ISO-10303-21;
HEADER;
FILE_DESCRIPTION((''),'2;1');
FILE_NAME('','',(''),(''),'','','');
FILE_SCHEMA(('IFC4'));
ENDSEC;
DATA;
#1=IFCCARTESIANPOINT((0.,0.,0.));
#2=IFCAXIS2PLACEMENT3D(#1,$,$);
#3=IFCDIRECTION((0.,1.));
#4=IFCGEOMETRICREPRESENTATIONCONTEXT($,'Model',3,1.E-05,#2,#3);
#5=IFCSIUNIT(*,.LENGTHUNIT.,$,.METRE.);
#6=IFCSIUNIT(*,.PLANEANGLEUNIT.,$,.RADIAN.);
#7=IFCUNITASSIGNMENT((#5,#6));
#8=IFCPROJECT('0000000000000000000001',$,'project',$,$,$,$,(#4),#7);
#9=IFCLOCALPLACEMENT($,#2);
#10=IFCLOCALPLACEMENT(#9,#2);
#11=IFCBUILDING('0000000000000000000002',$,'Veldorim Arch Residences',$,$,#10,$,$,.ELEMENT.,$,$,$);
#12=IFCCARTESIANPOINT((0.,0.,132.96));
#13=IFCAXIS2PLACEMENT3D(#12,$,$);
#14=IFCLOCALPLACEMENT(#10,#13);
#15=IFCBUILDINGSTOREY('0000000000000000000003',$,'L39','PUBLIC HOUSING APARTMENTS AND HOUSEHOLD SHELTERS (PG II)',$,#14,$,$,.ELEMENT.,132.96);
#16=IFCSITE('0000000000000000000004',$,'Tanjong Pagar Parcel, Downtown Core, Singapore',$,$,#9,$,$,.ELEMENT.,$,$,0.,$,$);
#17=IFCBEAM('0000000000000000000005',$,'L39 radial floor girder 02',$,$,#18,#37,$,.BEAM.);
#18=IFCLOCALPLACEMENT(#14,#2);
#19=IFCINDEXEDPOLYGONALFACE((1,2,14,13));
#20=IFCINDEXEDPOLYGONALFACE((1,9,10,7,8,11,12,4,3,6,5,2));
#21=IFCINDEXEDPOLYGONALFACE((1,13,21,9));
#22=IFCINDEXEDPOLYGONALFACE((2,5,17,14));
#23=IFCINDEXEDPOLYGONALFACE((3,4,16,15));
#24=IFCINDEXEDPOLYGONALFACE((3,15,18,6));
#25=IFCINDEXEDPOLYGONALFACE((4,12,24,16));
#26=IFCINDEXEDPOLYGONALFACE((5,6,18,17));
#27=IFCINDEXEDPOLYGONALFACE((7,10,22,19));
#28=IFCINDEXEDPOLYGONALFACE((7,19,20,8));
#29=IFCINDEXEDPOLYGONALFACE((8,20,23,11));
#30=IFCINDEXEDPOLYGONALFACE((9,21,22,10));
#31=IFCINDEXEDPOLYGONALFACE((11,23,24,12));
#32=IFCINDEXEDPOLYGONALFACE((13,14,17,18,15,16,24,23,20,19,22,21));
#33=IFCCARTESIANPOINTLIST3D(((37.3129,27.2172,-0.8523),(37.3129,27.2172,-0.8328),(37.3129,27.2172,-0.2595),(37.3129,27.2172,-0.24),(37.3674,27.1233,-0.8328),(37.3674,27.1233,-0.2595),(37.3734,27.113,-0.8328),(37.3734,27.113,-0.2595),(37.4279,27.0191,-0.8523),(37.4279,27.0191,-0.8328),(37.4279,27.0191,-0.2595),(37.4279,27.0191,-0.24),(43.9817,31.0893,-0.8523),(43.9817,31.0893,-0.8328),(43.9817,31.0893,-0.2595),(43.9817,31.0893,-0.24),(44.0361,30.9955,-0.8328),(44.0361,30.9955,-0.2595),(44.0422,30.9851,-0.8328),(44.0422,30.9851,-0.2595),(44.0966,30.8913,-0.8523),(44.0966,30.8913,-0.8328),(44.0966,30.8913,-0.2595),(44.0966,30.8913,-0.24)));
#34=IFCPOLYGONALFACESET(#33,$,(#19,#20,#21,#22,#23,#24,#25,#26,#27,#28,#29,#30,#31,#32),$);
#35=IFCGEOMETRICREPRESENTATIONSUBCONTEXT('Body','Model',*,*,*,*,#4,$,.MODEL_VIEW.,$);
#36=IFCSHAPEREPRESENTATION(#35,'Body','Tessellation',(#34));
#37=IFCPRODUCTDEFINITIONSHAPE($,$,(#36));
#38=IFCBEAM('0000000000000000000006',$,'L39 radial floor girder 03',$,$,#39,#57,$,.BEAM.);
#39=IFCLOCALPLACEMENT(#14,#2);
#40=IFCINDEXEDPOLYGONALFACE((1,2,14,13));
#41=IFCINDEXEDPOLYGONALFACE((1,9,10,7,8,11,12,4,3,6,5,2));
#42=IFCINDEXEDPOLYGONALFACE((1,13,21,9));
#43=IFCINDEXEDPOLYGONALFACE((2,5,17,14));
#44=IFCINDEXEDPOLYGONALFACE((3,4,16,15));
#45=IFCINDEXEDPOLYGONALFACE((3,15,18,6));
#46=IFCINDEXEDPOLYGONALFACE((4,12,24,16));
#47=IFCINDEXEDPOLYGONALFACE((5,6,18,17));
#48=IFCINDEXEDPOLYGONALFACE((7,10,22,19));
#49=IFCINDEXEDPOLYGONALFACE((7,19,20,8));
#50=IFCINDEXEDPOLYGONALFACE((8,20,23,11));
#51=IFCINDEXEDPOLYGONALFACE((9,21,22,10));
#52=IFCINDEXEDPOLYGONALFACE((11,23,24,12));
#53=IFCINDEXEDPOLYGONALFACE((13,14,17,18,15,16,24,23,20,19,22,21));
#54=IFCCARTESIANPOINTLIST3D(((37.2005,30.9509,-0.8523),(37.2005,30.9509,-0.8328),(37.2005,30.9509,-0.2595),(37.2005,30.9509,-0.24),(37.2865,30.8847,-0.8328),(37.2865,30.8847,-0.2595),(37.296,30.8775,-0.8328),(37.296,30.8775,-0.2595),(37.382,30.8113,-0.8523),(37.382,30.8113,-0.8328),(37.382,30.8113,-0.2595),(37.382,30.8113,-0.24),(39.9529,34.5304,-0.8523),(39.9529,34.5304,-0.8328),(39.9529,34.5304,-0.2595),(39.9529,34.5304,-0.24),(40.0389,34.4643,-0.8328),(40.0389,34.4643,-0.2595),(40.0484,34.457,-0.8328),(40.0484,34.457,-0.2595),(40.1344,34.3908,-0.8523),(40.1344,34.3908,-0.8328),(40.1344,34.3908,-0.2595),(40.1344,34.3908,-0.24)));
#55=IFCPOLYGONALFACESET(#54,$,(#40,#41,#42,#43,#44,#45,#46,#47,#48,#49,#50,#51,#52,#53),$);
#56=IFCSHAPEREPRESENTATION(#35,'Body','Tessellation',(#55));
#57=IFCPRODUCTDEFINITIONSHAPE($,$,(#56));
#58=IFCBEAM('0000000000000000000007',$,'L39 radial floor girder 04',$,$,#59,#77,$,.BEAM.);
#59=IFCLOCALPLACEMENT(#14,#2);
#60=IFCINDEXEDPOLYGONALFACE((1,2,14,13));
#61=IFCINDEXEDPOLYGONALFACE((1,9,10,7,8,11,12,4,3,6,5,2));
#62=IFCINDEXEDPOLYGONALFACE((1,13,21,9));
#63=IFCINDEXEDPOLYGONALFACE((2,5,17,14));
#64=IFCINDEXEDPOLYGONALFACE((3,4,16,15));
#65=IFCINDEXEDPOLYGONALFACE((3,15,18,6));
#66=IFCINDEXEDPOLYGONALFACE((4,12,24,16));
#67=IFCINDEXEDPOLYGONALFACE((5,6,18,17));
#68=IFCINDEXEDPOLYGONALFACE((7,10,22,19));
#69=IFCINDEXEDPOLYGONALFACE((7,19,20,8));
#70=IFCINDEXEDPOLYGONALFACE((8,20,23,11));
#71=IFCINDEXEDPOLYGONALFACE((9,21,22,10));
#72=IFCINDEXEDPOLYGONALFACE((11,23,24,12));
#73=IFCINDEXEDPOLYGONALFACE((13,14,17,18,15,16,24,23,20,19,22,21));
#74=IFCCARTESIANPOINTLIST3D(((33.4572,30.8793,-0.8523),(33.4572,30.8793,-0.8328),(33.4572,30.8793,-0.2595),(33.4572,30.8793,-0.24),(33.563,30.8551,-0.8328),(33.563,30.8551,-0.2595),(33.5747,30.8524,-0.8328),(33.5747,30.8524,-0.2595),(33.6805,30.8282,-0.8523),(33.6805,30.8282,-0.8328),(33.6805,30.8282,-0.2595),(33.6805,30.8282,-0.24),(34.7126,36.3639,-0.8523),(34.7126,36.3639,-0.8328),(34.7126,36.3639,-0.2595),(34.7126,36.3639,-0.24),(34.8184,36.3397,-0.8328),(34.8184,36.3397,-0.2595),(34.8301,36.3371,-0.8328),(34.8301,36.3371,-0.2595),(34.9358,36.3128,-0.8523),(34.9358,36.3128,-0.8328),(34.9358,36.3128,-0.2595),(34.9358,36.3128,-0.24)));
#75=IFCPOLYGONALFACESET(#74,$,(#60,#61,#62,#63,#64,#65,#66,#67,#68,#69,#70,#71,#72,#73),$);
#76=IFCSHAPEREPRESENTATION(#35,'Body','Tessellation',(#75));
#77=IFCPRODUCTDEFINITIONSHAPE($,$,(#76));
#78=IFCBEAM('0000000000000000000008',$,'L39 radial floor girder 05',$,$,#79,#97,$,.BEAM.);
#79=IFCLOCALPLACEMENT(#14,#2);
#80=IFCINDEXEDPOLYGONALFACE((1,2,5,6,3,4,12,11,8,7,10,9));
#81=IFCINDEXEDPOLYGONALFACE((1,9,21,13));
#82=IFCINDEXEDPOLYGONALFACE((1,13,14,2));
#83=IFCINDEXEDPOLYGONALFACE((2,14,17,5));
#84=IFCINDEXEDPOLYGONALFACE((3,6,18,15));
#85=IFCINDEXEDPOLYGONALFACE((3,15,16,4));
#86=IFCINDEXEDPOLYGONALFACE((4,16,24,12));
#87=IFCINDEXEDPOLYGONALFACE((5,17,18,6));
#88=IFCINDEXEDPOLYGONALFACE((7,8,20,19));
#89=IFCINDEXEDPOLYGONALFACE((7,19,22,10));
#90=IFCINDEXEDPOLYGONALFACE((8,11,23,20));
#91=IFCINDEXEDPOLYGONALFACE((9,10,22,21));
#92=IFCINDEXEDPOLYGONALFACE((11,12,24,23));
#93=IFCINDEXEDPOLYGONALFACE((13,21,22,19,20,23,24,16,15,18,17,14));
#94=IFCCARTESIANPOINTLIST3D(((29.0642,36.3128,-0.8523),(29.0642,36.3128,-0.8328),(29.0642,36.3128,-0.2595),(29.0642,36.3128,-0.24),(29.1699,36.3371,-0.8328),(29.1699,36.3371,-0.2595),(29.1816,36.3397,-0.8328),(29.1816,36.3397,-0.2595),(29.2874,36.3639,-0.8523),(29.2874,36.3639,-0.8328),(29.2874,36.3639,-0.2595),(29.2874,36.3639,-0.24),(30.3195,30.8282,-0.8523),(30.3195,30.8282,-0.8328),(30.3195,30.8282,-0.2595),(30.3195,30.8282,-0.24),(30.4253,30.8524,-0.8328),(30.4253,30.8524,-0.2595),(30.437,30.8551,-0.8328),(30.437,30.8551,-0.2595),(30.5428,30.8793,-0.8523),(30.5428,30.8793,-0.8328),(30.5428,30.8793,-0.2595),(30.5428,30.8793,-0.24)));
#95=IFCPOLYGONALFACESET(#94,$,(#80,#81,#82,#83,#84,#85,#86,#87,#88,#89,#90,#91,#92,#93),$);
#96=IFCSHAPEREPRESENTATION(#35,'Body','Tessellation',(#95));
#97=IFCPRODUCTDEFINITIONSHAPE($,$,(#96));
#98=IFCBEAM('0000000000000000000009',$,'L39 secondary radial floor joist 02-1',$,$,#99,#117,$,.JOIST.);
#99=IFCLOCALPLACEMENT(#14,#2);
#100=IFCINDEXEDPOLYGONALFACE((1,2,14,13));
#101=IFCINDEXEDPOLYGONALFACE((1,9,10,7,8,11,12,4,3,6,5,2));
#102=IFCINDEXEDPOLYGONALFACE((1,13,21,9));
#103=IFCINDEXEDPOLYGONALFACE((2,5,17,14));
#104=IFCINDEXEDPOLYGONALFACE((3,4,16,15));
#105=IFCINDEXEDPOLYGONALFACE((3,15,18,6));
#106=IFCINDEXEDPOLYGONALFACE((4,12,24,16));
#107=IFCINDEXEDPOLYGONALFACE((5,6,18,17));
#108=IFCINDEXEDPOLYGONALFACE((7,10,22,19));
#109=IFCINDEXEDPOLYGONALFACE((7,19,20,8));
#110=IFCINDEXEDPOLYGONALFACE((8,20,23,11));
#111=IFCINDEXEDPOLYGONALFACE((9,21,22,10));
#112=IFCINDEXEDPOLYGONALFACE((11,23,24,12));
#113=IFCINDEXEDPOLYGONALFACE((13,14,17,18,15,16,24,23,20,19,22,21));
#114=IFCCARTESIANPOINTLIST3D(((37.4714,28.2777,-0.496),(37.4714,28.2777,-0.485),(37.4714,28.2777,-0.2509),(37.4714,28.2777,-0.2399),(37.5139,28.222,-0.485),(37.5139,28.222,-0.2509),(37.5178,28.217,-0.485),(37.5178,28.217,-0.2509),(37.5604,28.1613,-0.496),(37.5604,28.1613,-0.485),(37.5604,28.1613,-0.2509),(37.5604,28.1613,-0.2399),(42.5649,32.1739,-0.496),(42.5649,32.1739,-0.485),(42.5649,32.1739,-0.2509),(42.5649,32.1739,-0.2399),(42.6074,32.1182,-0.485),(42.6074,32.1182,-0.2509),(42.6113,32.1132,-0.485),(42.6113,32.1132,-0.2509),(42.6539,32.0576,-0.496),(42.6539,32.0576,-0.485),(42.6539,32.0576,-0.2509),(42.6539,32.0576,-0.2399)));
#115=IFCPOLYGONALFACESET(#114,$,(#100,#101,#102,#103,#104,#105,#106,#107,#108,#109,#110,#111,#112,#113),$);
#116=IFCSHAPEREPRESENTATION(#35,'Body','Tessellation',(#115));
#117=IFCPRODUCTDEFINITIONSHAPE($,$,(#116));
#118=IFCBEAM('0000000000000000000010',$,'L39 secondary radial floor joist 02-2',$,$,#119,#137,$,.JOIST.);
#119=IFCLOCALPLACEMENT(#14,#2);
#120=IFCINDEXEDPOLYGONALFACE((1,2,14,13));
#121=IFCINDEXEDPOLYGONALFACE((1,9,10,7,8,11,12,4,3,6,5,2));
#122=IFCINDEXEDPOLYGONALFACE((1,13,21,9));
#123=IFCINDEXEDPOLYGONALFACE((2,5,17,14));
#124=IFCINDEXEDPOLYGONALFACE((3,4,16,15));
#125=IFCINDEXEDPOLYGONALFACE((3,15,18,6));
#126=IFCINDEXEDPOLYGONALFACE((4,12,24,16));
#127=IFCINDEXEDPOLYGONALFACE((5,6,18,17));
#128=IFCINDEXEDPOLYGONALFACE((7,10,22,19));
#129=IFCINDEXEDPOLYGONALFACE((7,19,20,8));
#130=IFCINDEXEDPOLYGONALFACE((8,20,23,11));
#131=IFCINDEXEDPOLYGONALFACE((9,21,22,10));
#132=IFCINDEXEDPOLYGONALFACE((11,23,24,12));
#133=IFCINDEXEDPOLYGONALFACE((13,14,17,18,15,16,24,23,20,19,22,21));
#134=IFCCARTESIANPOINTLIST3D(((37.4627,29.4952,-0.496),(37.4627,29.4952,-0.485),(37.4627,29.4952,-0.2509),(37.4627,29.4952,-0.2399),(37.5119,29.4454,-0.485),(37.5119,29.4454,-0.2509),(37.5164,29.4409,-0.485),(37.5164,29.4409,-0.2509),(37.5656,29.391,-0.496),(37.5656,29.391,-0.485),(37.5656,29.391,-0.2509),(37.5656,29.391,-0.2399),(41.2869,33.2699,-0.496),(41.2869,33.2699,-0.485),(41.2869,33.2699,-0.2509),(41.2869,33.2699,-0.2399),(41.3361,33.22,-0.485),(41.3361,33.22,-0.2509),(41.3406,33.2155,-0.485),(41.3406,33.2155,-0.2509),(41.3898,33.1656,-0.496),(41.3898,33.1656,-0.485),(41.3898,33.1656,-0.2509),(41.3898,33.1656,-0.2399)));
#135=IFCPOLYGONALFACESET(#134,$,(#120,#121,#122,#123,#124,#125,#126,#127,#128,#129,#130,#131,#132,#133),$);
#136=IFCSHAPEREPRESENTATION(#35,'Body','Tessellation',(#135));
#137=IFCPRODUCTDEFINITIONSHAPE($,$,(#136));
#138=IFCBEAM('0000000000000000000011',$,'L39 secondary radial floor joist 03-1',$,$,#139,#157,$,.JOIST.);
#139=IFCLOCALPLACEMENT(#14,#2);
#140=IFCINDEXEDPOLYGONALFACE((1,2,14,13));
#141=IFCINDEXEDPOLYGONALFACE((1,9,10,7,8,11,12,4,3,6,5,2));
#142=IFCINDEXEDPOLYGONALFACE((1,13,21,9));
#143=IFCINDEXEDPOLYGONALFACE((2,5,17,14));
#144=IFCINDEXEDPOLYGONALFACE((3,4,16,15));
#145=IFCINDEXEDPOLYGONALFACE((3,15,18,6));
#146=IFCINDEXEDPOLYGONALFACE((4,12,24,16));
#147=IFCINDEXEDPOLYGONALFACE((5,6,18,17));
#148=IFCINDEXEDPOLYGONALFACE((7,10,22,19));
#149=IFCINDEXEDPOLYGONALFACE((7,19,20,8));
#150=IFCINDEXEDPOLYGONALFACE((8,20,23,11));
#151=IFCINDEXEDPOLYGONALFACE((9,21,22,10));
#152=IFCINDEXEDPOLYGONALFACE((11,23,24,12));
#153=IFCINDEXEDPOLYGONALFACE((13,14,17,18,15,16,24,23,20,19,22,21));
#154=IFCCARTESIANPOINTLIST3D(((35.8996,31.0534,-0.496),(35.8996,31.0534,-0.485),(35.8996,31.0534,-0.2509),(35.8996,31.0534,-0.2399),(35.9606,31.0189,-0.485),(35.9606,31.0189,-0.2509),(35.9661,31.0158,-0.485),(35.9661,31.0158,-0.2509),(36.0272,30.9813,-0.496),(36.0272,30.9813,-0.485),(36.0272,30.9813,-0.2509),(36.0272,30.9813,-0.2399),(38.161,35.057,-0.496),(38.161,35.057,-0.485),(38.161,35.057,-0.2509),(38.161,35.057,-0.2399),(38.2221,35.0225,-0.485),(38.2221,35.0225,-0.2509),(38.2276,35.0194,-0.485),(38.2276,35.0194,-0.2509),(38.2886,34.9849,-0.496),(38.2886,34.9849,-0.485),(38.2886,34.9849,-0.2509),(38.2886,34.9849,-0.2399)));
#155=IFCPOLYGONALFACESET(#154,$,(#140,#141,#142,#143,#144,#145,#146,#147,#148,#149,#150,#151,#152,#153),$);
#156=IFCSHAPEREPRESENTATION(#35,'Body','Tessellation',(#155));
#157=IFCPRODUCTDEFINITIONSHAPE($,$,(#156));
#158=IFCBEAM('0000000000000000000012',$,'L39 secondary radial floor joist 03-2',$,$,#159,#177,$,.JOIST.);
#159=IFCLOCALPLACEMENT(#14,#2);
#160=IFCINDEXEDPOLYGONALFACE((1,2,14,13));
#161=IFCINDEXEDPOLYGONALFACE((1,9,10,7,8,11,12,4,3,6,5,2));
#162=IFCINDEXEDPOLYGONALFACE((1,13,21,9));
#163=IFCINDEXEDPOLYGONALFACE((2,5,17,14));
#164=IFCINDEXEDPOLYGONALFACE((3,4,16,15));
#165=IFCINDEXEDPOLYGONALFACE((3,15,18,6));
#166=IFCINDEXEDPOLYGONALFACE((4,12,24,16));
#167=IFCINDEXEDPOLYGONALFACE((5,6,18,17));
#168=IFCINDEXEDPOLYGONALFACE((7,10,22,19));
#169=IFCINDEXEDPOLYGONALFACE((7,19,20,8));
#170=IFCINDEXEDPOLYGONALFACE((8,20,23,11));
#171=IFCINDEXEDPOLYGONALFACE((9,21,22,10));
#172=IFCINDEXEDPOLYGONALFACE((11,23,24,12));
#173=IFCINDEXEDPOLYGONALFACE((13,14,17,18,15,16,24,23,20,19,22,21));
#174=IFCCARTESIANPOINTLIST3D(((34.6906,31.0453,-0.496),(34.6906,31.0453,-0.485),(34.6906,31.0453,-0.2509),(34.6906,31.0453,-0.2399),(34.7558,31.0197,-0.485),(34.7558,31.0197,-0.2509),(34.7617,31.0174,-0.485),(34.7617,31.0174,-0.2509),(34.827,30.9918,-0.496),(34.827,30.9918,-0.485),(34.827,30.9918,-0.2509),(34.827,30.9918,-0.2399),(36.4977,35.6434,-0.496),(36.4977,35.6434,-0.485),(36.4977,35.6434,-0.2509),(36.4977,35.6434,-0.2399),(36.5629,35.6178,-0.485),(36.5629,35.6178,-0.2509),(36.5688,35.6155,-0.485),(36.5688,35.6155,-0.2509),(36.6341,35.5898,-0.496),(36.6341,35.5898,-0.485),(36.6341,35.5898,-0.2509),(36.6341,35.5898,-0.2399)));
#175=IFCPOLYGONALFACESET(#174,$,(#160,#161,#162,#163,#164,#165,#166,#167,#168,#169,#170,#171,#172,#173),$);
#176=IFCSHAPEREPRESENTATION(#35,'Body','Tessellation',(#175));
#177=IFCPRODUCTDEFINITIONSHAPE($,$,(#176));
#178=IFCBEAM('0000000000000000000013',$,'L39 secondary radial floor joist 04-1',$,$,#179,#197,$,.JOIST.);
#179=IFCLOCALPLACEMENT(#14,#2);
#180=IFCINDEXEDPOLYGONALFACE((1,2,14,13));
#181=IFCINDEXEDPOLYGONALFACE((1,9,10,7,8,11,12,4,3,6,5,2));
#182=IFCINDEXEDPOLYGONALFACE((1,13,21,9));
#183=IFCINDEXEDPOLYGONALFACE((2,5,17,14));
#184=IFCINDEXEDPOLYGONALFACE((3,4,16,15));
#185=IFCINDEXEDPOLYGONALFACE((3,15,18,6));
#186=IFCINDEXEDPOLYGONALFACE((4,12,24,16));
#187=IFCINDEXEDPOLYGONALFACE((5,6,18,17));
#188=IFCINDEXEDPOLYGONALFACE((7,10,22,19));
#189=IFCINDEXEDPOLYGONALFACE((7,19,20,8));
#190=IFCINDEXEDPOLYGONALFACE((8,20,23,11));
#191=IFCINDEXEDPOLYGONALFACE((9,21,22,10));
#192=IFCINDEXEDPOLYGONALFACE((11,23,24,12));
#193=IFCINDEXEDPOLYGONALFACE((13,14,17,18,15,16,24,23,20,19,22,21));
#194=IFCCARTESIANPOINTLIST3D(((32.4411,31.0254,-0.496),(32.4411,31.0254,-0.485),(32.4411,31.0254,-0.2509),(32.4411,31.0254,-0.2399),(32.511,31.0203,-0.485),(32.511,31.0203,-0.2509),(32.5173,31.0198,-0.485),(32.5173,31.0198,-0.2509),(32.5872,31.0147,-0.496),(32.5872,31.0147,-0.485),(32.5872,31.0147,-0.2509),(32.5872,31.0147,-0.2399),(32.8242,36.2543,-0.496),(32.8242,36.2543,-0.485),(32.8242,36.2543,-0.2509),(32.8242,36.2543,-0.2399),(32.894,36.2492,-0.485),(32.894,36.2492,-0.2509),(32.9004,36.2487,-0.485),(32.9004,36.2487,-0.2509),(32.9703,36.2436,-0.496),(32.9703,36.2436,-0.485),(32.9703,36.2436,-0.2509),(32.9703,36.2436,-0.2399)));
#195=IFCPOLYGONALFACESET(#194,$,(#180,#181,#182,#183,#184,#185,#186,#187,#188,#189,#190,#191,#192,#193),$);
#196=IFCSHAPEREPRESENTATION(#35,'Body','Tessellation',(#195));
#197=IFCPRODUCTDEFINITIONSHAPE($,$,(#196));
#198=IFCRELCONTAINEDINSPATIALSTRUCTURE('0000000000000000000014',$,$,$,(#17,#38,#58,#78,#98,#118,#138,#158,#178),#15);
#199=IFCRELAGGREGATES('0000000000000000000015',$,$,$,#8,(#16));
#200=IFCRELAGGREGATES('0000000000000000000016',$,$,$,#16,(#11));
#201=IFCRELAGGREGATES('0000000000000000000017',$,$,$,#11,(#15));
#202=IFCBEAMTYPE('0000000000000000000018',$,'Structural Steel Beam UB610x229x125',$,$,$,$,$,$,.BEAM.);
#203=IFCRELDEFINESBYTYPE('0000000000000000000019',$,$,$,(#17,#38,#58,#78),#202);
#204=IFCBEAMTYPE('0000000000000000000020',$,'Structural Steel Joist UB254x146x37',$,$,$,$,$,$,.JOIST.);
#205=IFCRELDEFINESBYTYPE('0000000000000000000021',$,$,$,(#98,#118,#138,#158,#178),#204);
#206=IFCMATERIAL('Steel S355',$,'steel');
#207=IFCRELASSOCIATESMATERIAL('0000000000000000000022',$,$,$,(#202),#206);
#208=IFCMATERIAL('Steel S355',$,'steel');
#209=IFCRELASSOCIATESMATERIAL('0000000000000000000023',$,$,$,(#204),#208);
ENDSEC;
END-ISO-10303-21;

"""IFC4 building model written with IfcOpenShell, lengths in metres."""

from ifc_helpers import new_model, si_unit, direction, frame, origin, origin_2d, place, context, subcontext, project, spatial, i_section, extrude, material, material_profile, profile_set, type_object, element, save


model = new_model("IFC4")

# Units and contexts
model_context = context("Model", 3, precision=1e-05, world=origin(), true_north=direction((0.0, 1.0)))
body_context = subcontext(model_context, "Body", "Model", "MODEL_VIEW")
ifc_project = project(units=[si_unit("LENGTHUNIT", "METRE"), si_unit("PLANEANGLEUNIT", "RADIAN")], contexts=[model_context])

# Site, building, storey
site_placement = place(None, origin())
site = spatial("IfcSite", under=ifc_project, at=site_placement, Name="Tanjong Pagar Parcel, Downtown Core, Singapore", CompositionType="ELEMENT", RefElevation=0.0)
building_placement = place(site_placement, origin())
building = spatial("IfcBuilding", under=site, at=building_placement, Name="Veldorim Arch Residences", CompositionType="ELEMENT")
storey_placement = place(building_placement, frame((0.0, 0.0, 132.96)))
storey = spatial("IfcBuildingStorey", under=building, at=storey_placement, Name="L39", Description="PUBLIC HOUSING APARTMENTS AND HOUSEHOLD SHELTERS (PG II)", CompositionType="ELEMENT", Elevation=132.96)

# Beams
ifc_material_1 = material(Name="Steel S355", Category="steel")
ifc_material_profile_1 = material_profile(ifc_material_1, i_section(OverallWidth=0.229, OverallDepth=0.6123, WebThickness=0.012, FlangeThickness=0.0195, at=origin_2d()), Name="UB610x229x125")
ifc_profile_set_1 = profile_set([ifc_material_profile_1], Name="Steel S355")
beam_type_1 = type_object("IfcBeamType", Name="Structural Steel Beam UB610x229x125", PredefinedType="BEAM", material=ifc_profile_set_1)
beam_1_placement = place(storey_placement, frame((37.3704, 27.1182, -0.5461), z_axis=(0.864793, 0.502128, 0.0), x_axis=(-0.502128, 0.864793, 0.0)))
element("IfcBeam", 1, at=beam_1_placement, inside=storey, type_object=beam_type_1, Name="L39 radial floor girder 02", PredefinedType="BEAM", context=body_context, shape_type="SweptSolid", body=[
    extrude(i_section(OverallWidth=0.229, OverallDepth=0.6123, WebThickness=0.012, FlangeThickness=0.0195, at=origin_2d()), origin(), (0.0, 0.0, 1.0), 7.7114),
])
beam_2_placement = place(storey_placement, frame((37.2913, 30.8811, -0.5461), z_axis=(0.609559, 0.792741, 0.0), x_axis=(-0.792741, 0.609559, 0.0)))
element("IfcBeam", 2, at=beam_2_placement, inside=storey, type_object=beam_type_1, Name="L39 radial floor girder 03", PredefinedType="BEAM", context=body_context, shape_type="SweptSolid", body=[
    extrude(i_section(OverallWidth=0.229, OverallDepth=0.6123, WebThickness=0.012, FlangeThickness=0.0195, at=origin_2d()), origin(), (0.0, 0.0, 1.0), 4.5154),
])
for number, where, z_axis, x_axis, name in (
    (3, (33.5688, 30.8538, -0.5461), (0.223119, 0.974791, 0.0), (-0.974791, 0.223119, 0.0), "L39 radial floor girder 04"),
    (4, (30.4312, 30.8538, -0.5461), (-0.223119, 0.974791, 0.0), (-0.974791, -0.223119, 0.0), "L39 radial floor girder 05"),
):
    element("IfcBeam", number, at=place(storey_placement, frame(where, z_axis=z_axis, x_axis=x_axis)), inside=storey, type_object=beam_type_1, Name=name, PredefinedType="BEAM", context=body_context, shape_type="SweptSolid", body=[
        extrude(i_section(OverallWidth=0.229, OverallDepth=0.6123, WebThickness=0.012, FlangeThickness=0.0195, at=origin_2d()), origin(), (0.0, 0.0, 1.0), 5.6265),
    ])
ifc_material_2 = material(Name="Steel S355", Category="steel")
ifc_material_profile_2 = material_profile(ifc_material_2, i_section(OverallWidth=0.1465, OverallDepth=0.2561, WebThickness=0.0063, FlangeThickness=0.011, at=origin_2d()), Name="UB254x146x37")
ifc_profile_set_2 = profile_set([ifc_material_profile_2], Name="Steel S355")
beam_type_2 = type_object("IfcBeamType", Name="Structural Steel Joist UB254x146x37", PredefinedType="JOIST", material=ifc_profile_set_2)
beam_3_placement = place(storey_placement, frame((37.5159, 28.2195, -0.3679), z_axis=(0.794267, 0.607569, 0.0), x_axis=(-0.607569, 0.794267, 0.0)))
element("IfcBeam", 5, at=beam_3_placement, inside=storey, type_object=beam_type_2, Name="L39 secondary radial floor joist 02-1", PredefinedType="JOIST", context=body_context, shape_type="SweptSolid", body=[
    extrude(i_section(OverallWidth=0.1465, OverallDepth=0.2561, WebThickness=0.0063, FlangeThickness=0.011, at=origin_2d()), origin(), (0.0, 0.0, 1.0), 6.4128),
])
beam_4_placement = place(storey_placement, frame((37.5142, 29.4431, -0.3679), z_axis=(0.711703, 0.70248, 0.0), x_axis=(-0.70248, 0.711703, 0.0)))
element("IfcBeam", 6, at=beam_4_placement, inside=storey, type_object=beam_type_2, Name="L39 secondary radial floor joist 02-2", PredefinedType="JOIST", context=body_context, shape_type="SweptSolid", body=[
    extrude(i_section(OverallWidth=0.1465, OverallDepth=0.2561, WebThickness=0.0063, FlangeThickness=0.011, at=origin_2d()), origin(), (0.0, 0.0, 1.0), 5.3733),
])
beam_5_placement = place(storey_placement, frame((35.9634, 31.0173, -0.3679), z_axis=(0.491816, 0.870699, 0.0), x_axis=(-0.870699, 0.491816, 0.0)))
element("IfcBeam", 7, at=beam_5_placement, inside=storey, type_object=beam_type_2, Name="L39 secondary radial floor joist 03-1", PredefinedType="JOIST", context=body_context, shape_type="SweptSolid", body=[
    extrude(i_section(OverallWidth=0.1465, OverallDepth=0.2561, WebThickness=0.0063, FlangeThickness=0.011, at=origin_2d()), origin(), (0.0, 0.0, 1.0), 4.5981),
])
beam_6_placement = place(storey_placement, frame((34.7588, 31.0186, -0.3679), z_axis=(0.365778, 0.930702, 0.0), x_axis=(-0.930702, 0.365778, 0.0)))
element("IfcBeam", 8, at=beam_6_placement, inside=storey, type_object=beam_type_2, Name="L39 secondary radial floor joist 03-2", PredefinedType="JOIST", context=body_context, shape_type="SweptSolid", body=[
    extrude(i_section(OverallWidth=0.1465, OverallDepth=0.2561, WebThickness=0.0063, FlangeThickness=0.011, at=origin_2d()), origin(), (0.0, 0.0, 1.0), 4.9404),
])
for number, where, z_axis, x_axis, name in (
    (9, (32.5142, 31.02, -0.3679), (0.07306, 0.997328, 0.0), (-0.997328, 0.07306, 0.0), "L39 secondary radial floor joist 04-1"),
):
    element("IfcBeam", number, at=place(storey_placement, frame(where, z_axis=z_axis, x_axis=x_axis)), inside=storey, type_object=beam_type_2, Name=name, PredefinedType="JOIST", context=body_context, shape_type="SweptSolid", body=[
        extrude(i_section(OverallWidth=0.1465, OverallDepth=0.2561, WebThickness=0.0063, FlangeThickness=0.011, at=origin_2d()), origin(), (0.0, 0.0, 1.0), 5.2429),
    ])

save(model, "model.ifc")
